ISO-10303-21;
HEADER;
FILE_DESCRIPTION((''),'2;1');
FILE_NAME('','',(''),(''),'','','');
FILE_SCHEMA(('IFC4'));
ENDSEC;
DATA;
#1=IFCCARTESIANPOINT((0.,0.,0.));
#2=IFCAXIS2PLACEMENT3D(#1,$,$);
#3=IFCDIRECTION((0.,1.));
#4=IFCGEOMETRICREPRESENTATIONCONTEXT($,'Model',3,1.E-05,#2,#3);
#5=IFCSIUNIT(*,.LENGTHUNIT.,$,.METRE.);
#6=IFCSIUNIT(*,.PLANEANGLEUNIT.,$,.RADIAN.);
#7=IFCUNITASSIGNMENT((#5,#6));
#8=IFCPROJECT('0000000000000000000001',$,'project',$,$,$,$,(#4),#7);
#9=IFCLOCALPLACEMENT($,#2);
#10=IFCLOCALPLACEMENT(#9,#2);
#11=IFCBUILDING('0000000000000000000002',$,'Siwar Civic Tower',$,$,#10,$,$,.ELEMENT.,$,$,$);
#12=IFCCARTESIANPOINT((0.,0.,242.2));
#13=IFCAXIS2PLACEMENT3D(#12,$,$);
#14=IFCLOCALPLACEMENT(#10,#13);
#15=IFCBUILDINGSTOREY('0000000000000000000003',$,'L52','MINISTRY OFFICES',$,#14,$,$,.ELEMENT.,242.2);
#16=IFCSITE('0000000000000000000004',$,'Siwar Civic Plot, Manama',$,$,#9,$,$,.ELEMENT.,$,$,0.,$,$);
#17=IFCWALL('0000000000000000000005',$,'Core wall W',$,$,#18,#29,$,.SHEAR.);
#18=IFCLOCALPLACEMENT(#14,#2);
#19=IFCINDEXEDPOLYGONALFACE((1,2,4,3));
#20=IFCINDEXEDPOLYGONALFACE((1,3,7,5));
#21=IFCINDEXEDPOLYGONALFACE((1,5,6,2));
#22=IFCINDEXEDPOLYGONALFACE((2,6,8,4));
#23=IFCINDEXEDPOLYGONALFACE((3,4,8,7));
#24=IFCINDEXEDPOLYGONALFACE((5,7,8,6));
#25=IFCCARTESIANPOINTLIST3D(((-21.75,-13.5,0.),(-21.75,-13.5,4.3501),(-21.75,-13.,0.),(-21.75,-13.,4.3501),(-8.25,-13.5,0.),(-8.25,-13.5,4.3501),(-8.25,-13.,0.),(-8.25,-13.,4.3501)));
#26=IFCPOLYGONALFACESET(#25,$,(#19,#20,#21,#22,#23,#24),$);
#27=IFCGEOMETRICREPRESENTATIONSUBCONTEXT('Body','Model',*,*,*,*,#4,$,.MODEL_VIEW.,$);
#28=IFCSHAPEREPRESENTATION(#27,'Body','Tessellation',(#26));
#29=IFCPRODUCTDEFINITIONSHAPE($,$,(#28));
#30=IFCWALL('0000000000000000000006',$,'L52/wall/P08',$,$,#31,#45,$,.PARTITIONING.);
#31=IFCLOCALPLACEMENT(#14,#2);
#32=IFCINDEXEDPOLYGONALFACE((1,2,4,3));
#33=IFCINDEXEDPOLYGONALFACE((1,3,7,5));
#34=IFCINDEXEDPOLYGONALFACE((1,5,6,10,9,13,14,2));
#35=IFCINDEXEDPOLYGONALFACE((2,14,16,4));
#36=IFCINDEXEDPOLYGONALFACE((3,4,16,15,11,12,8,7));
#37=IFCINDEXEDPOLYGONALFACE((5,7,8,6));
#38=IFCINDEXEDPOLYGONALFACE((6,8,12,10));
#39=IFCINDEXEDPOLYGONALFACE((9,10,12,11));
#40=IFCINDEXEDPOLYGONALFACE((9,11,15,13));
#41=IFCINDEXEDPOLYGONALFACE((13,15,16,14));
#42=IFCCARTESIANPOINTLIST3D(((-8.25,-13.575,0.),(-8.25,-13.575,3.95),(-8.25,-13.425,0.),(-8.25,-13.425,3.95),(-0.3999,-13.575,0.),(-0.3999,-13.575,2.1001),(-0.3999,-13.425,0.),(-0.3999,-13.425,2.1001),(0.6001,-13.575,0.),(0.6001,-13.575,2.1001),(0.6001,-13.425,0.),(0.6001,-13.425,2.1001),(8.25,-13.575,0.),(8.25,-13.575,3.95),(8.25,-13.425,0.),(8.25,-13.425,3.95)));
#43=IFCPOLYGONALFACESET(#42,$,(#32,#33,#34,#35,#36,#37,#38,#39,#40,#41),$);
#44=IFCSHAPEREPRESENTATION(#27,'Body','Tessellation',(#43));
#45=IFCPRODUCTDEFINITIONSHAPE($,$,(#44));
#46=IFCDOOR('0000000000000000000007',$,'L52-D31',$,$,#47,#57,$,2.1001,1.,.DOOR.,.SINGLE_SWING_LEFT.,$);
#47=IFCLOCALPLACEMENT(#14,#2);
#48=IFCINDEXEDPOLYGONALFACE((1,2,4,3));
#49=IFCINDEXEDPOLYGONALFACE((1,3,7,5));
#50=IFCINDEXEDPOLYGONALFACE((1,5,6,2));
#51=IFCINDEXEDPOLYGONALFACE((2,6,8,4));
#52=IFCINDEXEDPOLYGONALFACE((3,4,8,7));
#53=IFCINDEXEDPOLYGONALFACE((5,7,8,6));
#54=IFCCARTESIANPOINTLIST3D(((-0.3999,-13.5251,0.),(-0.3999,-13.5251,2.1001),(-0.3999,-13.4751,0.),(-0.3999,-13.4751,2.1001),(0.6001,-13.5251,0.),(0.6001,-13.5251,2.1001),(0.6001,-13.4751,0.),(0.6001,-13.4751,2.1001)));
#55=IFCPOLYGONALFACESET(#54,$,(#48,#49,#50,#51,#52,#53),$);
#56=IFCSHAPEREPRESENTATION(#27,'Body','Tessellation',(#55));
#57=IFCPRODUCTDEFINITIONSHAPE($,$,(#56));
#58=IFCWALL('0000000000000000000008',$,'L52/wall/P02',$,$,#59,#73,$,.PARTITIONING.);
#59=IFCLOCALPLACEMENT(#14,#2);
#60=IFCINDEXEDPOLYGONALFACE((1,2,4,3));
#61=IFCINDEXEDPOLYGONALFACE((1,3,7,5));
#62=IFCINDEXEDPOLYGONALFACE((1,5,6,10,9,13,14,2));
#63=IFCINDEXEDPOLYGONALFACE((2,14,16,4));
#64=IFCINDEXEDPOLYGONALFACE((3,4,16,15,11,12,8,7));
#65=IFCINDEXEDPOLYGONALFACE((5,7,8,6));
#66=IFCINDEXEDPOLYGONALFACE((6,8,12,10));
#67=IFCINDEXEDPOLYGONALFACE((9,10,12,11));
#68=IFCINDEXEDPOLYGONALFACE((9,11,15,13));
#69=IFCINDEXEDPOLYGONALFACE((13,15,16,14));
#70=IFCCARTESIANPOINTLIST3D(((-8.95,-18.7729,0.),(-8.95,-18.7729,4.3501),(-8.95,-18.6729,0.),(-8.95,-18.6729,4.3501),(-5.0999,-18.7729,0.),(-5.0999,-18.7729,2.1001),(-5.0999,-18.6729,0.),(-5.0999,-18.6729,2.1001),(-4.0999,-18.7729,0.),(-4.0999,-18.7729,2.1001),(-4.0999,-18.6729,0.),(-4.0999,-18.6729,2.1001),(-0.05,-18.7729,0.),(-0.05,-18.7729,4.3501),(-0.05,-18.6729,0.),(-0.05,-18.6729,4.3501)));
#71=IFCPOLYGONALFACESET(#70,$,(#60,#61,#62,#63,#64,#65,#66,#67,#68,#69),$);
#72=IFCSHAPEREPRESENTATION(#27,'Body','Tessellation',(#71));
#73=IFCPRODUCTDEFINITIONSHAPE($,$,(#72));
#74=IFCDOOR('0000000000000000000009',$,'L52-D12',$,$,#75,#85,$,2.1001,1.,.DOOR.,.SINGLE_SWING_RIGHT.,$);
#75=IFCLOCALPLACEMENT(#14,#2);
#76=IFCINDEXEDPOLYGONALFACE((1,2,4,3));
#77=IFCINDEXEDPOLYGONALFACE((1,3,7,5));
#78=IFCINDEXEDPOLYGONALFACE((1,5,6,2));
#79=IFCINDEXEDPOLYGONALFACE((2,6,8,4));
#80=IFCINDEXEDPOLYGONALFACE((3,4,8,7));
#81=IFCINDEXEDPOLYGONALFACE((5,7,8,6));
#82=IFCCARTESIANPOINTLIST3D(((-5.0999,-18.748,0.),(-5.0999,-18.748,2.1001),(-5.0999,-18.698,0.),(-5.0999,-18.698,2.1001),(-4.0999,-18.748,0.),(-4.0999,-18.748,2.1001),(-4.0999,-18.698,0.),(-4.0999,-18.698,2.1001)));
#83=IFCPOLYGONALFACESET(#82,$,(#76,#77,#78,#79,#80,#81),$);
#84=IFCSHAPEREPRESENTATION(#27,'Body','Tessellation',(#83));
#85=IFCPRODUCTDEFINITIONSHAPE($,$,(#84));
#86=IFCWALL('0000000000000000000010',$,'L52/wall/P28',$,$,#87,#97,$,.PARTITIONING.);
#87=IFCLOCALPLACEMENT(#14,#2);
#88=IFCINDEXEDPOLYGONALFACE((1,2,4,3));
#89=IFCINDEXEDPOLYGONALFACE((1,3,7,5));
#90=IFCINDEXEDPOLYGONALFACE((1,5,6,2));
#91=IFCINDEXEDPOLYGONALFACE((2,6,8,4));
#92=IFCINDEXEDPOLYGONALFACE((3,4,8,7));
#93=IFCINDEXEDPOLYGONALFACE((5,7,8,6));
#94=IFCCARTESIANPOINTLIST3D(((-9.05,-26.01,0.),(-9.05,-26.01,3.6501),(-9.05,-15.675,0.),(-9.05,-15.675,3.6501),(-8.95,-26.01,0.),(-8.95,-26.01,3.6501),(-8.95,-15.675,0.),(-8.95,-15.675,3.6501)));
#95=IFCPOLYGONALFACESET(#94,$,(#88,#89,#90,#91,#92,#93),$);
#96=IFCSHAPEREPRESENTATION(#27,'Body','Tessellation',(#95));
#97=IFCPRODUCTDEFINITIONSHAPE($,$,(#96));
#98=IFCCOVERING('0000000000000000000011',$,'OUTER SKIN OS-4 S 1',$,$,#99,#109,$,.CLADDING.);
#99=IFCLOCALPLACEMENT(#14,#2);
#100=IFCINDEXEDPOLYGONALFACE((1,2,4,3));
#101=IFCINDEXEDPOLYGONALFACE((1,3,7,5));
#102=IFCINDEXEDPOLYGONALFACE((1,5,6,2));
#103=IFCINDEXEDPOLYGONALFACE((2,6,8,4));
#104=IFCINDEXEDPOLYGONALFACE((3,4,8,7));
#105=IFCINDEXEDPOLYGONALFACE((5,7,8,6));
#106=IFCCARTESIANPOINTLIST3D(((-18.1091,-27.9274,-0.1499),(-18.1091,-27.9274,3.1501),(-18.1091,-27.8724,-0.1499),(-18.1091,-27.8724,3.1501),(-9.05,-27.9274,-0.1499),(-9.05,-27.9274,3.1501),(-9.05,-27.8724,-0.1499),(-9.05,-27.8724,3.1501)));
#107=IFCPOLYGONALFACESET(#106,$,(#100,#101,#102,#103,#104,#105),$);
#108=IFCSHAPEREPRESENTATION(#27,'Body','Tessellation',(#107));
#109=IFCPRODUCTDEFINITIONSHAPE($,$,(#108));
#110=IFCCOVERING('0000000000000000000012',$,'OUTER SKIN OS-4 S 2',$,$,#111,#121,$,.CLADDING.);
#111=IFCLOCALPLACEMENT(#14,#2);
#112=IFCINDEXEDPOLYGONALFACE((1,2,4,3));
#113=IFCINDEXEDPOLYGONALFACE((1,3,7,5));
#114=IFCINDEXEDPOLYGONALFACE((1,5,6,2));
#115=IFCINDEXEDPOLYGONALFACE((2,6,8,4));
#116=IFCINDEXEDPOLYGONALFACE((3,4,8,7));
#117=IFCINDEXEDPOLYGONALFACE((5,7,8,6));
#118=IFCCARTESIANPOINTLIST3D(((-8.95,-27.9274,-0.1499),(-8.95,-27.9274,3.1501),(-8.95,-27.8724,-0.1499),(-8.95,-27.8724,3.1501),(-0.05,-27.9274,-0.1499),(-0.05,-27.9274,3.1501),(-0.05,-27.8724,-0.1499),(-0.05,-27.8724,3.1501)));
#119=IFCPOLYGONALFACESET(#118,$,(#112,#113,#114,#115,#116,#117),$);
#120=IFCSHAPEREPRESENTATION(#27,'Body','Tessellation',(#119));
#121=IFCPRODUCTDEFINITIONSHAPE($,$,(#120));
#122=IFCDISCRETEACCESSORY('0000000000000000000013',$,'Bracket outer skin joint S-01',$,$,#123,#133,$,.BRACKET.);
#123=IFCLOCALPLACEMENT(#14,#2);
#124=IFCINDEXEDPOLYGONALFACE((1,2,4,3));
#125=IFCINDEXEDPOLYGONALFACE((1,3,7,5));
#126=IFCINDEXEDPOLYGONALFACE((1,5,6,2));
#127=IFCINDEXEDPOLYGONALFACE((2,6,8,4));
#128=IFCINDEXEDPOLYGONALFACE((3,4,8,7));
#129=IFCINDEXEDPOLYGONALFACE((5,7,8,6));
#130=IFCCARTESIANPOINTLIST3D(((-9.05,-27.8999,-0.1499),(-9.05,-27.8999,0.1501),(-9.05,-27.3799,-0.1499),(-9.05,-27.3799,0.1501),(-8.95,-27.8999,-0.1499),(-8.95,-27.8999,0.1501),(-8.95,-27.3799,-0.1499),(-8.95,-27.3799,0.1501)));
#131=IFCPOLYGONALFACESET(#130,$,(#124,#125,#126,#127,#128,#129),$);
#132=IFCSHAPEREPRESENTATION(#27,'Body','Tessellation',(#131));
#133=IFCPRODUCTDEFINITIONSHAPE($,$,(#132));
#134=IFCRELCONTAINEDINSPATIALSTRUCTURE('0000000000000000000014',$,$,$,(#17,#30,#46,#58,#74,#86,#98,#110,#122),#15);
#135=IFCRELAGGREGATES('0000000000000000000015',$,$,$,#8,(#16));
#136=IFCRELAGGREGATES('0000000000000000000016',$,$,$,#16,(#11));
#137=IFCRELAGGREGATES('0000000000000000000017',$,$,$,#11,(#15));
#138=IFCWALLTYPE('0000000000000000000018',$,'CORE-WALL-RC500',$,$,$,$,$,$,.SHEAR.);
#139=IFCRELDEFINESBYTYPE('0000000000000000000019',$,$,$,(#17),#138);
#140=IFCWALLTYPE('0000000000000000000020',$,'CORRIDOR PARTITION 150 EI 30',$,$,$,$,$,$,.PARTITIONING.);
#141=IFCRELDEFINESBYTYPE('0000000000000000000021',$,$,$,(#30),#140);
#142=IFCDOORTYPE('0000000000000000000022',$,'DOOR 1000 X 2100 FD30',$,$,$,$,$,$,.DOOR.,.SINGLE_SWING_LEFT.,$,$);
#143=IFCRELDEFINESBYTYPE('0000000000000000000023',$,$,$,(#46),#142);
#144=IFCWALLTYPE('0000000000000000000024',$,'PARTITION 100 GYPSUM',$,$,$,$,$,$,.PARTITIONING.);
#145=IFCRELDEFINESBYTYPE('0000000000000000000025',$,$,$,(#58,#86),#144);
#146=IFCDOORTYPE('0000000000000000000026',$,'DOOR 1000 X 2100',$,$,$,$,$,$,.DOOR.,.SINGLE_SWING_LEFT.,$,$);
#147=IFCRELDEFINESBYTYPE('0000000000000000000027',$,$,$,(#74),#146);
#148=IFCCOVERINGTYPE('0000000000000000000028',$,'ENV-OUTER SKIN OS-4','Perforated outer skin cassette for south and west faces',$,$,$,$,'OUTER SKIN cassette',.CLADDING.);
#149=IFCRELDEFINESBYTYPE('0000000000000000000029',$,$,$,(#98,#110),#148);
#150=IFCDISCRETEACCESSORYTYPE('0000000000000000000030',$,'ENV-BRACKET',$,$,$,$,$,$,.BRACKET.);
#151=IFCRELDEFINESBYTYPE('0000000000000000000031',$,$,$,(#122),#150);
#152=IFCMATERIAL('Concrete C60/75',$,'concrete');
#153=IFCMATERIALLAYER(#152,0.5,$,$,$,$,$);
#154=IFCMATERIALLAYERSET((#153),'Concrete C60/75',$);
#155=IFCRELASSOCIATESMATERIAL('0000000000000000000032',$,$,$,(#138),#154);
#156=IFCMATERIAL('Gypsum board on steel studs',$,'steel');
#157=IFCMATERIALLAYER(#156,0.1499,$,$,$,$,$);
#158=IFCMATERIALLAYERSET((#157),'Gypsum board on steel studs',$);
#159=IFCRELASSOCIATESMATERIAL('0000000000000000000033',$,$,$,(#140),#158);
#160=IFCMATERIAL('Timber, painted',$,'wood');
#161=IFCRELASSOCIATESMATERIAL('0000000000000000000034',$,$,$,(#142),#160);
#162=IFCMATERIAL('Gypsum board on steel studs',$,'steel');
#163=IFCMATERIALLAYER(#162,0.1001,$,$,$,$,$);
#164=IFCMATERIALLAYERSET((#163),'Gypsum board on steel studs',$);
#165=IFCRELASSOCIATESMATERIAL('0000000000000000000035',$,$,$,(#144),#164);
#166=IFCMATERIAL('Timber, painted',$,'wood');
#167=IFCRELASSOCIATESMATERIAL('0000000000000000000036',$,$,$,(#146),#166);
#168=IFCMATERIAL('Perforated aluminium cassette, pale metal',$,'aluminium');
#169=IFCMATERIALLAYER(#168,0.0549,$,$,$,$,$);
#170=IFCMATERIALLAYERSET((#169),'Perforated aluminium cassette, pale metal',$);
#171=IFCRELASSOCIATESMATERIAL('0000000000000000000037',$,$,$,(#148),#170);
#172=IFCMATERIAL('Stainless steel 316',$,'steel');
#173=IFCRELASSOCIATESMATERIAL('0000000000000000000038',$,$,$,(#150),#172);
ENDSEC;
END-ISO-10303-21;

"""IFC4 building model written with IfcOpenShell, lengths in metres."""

from ifc_helpers import new_model, si_unit, direction, frame, frame_2d, origin, origin_2d, place, context, subcontext, project, spatial, rectangle, extrude, material, layer, layer_set, type_object, element, fill, save


model = new_model("IFC4")

# Units and contexts
model_context = context("Model", 3, precision=1e-05, world=origin(), true_north=direction((0.0, 1.0)))
body_context = subcontext(model_context, "Body", "Model", "MODEL_VIEW")
ifc_project = project(units=[si_unit("LENGTHUNIT", "METRE"), si_unit("PLANEANGLEUNIT", "RADIAN")], contexts=[model_context])

# Site, building, storey
site_placement = place(None, origin())
site = spatial("IfcSite", under=ifc_project, at=site_placement, Name="Siwar Civic Plot, Manama", CompositionType="ELEMENT", RefElevation=0.0)
building_placement = place(site_placement, origin())
building = spatial("IfcBuilding", under=site, at=building_placement, Name="Siwar Civic Tower", CompositionType="ELEMENT")
storey_placement = place(building_placement, frame((0.0, 0.0, 242.2)))
storey = spatial("IfcBuildingStorey", under=building, at=storey_placement, Name="L52", Description="MINISTRY OFFICES", CompositionType="ELEMENT", Elevation=242.2)

# Wall
ifc_material_1 = material(Name="Concrete C60/75", Category="concrete")
ifc_layer_1 = layer(ifc_material_1, 0.5)
ifc_layer_set_1 = layer_set([ifc_layer_1], Name="Concrete C60/75")
wall_type_1 = type_object("IfcWallType", Name="CORE-WALL-RC500", PredefinedType="SHEAR", material=ifc_layer_set_1)
wall_1_placement = place(storey_placement, frame((-8.25, -13.25, 0.0), z_axis=(0.0, 0.0, 1.0), x_axis=(-1.0, 0.0, 0.0)))
element("IfcWall", 1, at=wall_1_placement, inside=storey, type_object=wall_type_1, Name="Core wall W", PredefinedType="SHEAR", context=body_context, shape_type="SweptSolid", body=[
    extrude(rectangle(XDim=13.5, YDim=0.5, at=frame_2d((6.75, 0.0))), origin(), (0.0, 0.0, 1.0), 4.3501),
])

# Walls, openings, doors
ifc_material_2 = material(Name="Gypsum board on steel studs", Category="steel")
ifc_layer_2 = layer(ifc_material_2, 0.1499)
ifc_layer_set_2 = layer_set([ifc_layer_2], Name="Gypsum board on steel studs")
wall_type_2 = type_object("IfcWallType", Name="CORRIDOR PARTITION 150 EI 30", PredefinedType="PARTITIONING", material=ifc_layer_set_2)
wall_2_placement = place(storey_placement, frame((-8.25, -13.5, 0.0), z_axis=(0.0, 0.0, 1.0), x_axis=(1.0, 0.0, 0.0)))
wall_2 = element("IfcWall", 2, at=wall_2_placement, inside=storey, type_object=wall_type_2, Name="L52/wall/P08", PredefinedType="PARTITIONING", context=body_context, shape_type="SweptSolid", body=[
    extrude(rectangle(XDim=16.5, YDim=0.1499, at=frame_2d((8.25, 0.0))), origin(), (0.0, 0.0, 1.0), 3.95),
])
opening_1_placement = place(wall_2_placement, frame((7.8501, 0.0, 0.0)))
opening_1 = element("IfcOpeningElement", 3, at=opening_1_placement, cuts=wall_2, PredefinedType="OPENING", context=body_context, shape_type="SweptSolid", body=[
    extrude(rectangle(XDim=1.0, YDim=2.1001, at=frame_2d((0.5, 1.05))), frame((0.0, 0.085, 0.0), z_axis=(0.0, -1.0, 0.0), x_axis=(1.0, 0.0, 0.0)), (0.0, 0.0, 1.0), 0.1699),
])
ifc_material_3 = material(Name="Timber, painted", Category="wood")
door_type_1 = type_object("IfcDoorType", Name="DOOR 1000 X 2100 FD30", OperationType="SINGLE_SWING_LEFT", PredefinedType="DOOR", material=ifc_material_3)
door_1_placement = place(opening_1_placement, origin())
door_1 = element("IfcDoor", 4, at=door_1_placement, inside=storey, type_object=door_type_1, Name="L52-D31", OperationType="SINGLE_SWING_LEFT", OverallHeight=2.1001, OverallWidth=1.0, PredefinedType="DOOR", context=body_context, shape_type="SweptSolid", body=[
    extrude(rectangle(XDim=1.0, YDim=2.1001, at=frame_2d((0.5, 1.05))), frame((0.0, 0.0249, 0.0), z_axis=(0.0, -1.0, 0.0), x_axis=(1.0, 0.0, 0.0)), (0.0, 0.0, 1.0), 0.05),
])
fill(opening_1, door_1)
ifc_material_4 = material(Name="Gypsum board on steel studs", Category="steel")
ifc_layer_3 = layer(ifc_material_4, 0.1001)
ifc_layer_set_3 = layer_set([ifc_layer_3], Name="Gypsum board on steel studs")
wall_type_3 = type_object("IfcWallType", Name="PARTITION 100 GYPSUM", PredefinedType="PARTITIONING", material=ifc_layer_set_3)
wall_3_placement = place(storey_placement, frame((-8.95, -18.7229, 0.0), z_axis=(0.0, 0.0, 1.0), x_axis=(1.0, 0.0, 0.0)))
wall_3 = element("IfcWall", 5, at=wall_3_placement, inside=storey, type_object=wall_type_3, Name="L52/wall/P02", PredefinedType="PARTITIONING", context=body_context, shape_type="SweptSolid", body=[
    extrude(rectangle(XDim=8.8999, YDim=0.1001, at=frame_2d((4.45, 0.0))), origin(), (0.0, 0.0, 1.0), 4.3501),
])
opening_2_placement = place(wall_3_placement, frame((3.8501, 0.0, 0.0)))
opening_2 = element("IfcOpeningElement", 6, at=opening_2_placement, cuts=wall_3, PredefinedType="OPENING", context=body_context, shape_type="SweptSolid", body=[
    extrude(rectangle(XDim=1.0, YDim=2.1001, at=frame_2d((0.5, 1.05))), frame((0.0, 0.0601, 0.0), z_axis=(0.0, -1.0, 0.0), x_axis=(1.0, 0.0, 0.0)), (0.0, 0.0, 1.0), 0.1201),
])
ifc_material_5 = material(Name="Timber, painted", Category="wood")
door_type_2 = type_object("IfcDoorType", Name="DOOR 1000 X 2100", OperationType="SINGLE_SWING_LEFT", PredefinedType="DOOR", material=ifc_material_5)
door_2_placement = place(opening_2_placement, origin())
door_2 = element("IfcDoor", 7, at=door_2_placement, inside=storey, type_object=door_type_2, Name="L52-D12", OperationType="SINGLE_SWING_RIGHT", OverallHeight=2.1001, OverallWidth=1.0, PredefinedType="DOOR", context=body_context, shape_type="SweptSolid", body=[
    extrude(rectangle(XDim=1.0, YDim=2.1001, at=frame_2d((0.5, 1.05))), frame((0.0, 0.0249, 0.0), z_axis=(0.0, -1.0, 0.0), x_axis=(1.0, 0.0, 0.0)), (0.0, 0.0, 1.0), 0.05),
])
fill(opening_2, door_2)

# Wall
wall_4_placement = place(storey_placement, frame((-9.0, -26.01, 0.0), z_axis=(0.0, 0.0, 1.0), x_axis=(0.0, 1.0, 0.0)))
element("IfcWall", 8, at=wall_4_placement, inside=storey, type_object=wall_type_3, Name="L52/wall/P28", PredefinedType="PARTITIONING", context=body_context, shape_type="SweptSolid", body=[
    extrude(rectangle(XDim=10.335, YDim=0.1001, at=frame_2d((5.1675, 0.0))), origin(), (0.0, 0.0, 1.0), 3.6501),
])

# Coverings
ifc_material_6 = material(Name="Perforated aluminium cassette, pale metal", Category="aluminium")
ifc_layer_4 = layer(ifc_material_6, 0.0549)
ifc_layer_set_4 = layer_set([ifc_layer_4], Name="Perforated aluminium cassette, pale metal")
covering_type = type_object("IfcCoveringType", Name="ENV-OUTER SKIN OS-4", Description="Perforated outer skin cassette for south and west faces", ElementType="OUTER SKIN cassette", PredefinedType="CLADDING", material=ifc_layer_set_4)
covering_1_placement = place(storey_placement, frame((-13.5796, -27.8999, -0.1499), z_axis=(0.0, 0.0, 1.0), x_axis=(1.0, 0.0, 0.0)))
element("IfcCovering", 9, at=covering_1_placement, inside=storey, type_object=covering_type, Name="OUTER SKIN OS-4 S 1", PredefinedType="CLADDING", context=body_context, shape_type="SweptSolid", body=[
    extrude(rectangle(XDim=9.0591, YDim=0.0549, at=origin_2d()), origin(), (0.0, 0.0, 1.0), 3.3),
])
covering_2_placement = place(storey_placement, frame((-4.5, -27.8999, -0.1499), z_axis=(0.0, 0.0, 1.0), x_axis=(1.0, 0.0, 0.0)))
element("IfcCovering", 10, at=covering_2_placement, inside=storey, type_object=covering_type, Name="OUTER SKIN OS-4 S 2", PredefinedType="CLADDING", context=body_context, shape_type="SweptSolid", body=[
    extrude(rectangle(XDim=8.8999, YDim=0.0549, at=origin_2d()), origin(), (0.0, 0.0, 1.0), 3.3),
])

# Discrete accessory
ifc_material_7 = material(Name="Stainless steel 316", Category="steel")
discrete_accessory_type = type_object("IfcDiscreteAccessoryType", Name="ENV-BRACKET", PredefinedType="BRACKET", material=ifc_material_7)
discrete_accessory_placement = place(storey_placement, frame((-9.0, -27.6399, -0.1499), z_axis=(0.0, 0.0, 1.0), x_axis=(0.0, -1.0, 0.0)))
element("IfcDiscreteAccessory", 11, at=discrete_accessory_placement, inside=storey, type_object=discrete_accessory_type, Name="Bracket outer skin joint S-01", PredefinedType="BRACKET", context=body_context, shape_type="SweptSolid", body=[
    extrude(rectangle(XDim=0.52, YDim=0.1001, at=origin_2d()), origin(), (0.0, 0.0, 1.0), 0.3),
])

save(model, "model.ifc")
